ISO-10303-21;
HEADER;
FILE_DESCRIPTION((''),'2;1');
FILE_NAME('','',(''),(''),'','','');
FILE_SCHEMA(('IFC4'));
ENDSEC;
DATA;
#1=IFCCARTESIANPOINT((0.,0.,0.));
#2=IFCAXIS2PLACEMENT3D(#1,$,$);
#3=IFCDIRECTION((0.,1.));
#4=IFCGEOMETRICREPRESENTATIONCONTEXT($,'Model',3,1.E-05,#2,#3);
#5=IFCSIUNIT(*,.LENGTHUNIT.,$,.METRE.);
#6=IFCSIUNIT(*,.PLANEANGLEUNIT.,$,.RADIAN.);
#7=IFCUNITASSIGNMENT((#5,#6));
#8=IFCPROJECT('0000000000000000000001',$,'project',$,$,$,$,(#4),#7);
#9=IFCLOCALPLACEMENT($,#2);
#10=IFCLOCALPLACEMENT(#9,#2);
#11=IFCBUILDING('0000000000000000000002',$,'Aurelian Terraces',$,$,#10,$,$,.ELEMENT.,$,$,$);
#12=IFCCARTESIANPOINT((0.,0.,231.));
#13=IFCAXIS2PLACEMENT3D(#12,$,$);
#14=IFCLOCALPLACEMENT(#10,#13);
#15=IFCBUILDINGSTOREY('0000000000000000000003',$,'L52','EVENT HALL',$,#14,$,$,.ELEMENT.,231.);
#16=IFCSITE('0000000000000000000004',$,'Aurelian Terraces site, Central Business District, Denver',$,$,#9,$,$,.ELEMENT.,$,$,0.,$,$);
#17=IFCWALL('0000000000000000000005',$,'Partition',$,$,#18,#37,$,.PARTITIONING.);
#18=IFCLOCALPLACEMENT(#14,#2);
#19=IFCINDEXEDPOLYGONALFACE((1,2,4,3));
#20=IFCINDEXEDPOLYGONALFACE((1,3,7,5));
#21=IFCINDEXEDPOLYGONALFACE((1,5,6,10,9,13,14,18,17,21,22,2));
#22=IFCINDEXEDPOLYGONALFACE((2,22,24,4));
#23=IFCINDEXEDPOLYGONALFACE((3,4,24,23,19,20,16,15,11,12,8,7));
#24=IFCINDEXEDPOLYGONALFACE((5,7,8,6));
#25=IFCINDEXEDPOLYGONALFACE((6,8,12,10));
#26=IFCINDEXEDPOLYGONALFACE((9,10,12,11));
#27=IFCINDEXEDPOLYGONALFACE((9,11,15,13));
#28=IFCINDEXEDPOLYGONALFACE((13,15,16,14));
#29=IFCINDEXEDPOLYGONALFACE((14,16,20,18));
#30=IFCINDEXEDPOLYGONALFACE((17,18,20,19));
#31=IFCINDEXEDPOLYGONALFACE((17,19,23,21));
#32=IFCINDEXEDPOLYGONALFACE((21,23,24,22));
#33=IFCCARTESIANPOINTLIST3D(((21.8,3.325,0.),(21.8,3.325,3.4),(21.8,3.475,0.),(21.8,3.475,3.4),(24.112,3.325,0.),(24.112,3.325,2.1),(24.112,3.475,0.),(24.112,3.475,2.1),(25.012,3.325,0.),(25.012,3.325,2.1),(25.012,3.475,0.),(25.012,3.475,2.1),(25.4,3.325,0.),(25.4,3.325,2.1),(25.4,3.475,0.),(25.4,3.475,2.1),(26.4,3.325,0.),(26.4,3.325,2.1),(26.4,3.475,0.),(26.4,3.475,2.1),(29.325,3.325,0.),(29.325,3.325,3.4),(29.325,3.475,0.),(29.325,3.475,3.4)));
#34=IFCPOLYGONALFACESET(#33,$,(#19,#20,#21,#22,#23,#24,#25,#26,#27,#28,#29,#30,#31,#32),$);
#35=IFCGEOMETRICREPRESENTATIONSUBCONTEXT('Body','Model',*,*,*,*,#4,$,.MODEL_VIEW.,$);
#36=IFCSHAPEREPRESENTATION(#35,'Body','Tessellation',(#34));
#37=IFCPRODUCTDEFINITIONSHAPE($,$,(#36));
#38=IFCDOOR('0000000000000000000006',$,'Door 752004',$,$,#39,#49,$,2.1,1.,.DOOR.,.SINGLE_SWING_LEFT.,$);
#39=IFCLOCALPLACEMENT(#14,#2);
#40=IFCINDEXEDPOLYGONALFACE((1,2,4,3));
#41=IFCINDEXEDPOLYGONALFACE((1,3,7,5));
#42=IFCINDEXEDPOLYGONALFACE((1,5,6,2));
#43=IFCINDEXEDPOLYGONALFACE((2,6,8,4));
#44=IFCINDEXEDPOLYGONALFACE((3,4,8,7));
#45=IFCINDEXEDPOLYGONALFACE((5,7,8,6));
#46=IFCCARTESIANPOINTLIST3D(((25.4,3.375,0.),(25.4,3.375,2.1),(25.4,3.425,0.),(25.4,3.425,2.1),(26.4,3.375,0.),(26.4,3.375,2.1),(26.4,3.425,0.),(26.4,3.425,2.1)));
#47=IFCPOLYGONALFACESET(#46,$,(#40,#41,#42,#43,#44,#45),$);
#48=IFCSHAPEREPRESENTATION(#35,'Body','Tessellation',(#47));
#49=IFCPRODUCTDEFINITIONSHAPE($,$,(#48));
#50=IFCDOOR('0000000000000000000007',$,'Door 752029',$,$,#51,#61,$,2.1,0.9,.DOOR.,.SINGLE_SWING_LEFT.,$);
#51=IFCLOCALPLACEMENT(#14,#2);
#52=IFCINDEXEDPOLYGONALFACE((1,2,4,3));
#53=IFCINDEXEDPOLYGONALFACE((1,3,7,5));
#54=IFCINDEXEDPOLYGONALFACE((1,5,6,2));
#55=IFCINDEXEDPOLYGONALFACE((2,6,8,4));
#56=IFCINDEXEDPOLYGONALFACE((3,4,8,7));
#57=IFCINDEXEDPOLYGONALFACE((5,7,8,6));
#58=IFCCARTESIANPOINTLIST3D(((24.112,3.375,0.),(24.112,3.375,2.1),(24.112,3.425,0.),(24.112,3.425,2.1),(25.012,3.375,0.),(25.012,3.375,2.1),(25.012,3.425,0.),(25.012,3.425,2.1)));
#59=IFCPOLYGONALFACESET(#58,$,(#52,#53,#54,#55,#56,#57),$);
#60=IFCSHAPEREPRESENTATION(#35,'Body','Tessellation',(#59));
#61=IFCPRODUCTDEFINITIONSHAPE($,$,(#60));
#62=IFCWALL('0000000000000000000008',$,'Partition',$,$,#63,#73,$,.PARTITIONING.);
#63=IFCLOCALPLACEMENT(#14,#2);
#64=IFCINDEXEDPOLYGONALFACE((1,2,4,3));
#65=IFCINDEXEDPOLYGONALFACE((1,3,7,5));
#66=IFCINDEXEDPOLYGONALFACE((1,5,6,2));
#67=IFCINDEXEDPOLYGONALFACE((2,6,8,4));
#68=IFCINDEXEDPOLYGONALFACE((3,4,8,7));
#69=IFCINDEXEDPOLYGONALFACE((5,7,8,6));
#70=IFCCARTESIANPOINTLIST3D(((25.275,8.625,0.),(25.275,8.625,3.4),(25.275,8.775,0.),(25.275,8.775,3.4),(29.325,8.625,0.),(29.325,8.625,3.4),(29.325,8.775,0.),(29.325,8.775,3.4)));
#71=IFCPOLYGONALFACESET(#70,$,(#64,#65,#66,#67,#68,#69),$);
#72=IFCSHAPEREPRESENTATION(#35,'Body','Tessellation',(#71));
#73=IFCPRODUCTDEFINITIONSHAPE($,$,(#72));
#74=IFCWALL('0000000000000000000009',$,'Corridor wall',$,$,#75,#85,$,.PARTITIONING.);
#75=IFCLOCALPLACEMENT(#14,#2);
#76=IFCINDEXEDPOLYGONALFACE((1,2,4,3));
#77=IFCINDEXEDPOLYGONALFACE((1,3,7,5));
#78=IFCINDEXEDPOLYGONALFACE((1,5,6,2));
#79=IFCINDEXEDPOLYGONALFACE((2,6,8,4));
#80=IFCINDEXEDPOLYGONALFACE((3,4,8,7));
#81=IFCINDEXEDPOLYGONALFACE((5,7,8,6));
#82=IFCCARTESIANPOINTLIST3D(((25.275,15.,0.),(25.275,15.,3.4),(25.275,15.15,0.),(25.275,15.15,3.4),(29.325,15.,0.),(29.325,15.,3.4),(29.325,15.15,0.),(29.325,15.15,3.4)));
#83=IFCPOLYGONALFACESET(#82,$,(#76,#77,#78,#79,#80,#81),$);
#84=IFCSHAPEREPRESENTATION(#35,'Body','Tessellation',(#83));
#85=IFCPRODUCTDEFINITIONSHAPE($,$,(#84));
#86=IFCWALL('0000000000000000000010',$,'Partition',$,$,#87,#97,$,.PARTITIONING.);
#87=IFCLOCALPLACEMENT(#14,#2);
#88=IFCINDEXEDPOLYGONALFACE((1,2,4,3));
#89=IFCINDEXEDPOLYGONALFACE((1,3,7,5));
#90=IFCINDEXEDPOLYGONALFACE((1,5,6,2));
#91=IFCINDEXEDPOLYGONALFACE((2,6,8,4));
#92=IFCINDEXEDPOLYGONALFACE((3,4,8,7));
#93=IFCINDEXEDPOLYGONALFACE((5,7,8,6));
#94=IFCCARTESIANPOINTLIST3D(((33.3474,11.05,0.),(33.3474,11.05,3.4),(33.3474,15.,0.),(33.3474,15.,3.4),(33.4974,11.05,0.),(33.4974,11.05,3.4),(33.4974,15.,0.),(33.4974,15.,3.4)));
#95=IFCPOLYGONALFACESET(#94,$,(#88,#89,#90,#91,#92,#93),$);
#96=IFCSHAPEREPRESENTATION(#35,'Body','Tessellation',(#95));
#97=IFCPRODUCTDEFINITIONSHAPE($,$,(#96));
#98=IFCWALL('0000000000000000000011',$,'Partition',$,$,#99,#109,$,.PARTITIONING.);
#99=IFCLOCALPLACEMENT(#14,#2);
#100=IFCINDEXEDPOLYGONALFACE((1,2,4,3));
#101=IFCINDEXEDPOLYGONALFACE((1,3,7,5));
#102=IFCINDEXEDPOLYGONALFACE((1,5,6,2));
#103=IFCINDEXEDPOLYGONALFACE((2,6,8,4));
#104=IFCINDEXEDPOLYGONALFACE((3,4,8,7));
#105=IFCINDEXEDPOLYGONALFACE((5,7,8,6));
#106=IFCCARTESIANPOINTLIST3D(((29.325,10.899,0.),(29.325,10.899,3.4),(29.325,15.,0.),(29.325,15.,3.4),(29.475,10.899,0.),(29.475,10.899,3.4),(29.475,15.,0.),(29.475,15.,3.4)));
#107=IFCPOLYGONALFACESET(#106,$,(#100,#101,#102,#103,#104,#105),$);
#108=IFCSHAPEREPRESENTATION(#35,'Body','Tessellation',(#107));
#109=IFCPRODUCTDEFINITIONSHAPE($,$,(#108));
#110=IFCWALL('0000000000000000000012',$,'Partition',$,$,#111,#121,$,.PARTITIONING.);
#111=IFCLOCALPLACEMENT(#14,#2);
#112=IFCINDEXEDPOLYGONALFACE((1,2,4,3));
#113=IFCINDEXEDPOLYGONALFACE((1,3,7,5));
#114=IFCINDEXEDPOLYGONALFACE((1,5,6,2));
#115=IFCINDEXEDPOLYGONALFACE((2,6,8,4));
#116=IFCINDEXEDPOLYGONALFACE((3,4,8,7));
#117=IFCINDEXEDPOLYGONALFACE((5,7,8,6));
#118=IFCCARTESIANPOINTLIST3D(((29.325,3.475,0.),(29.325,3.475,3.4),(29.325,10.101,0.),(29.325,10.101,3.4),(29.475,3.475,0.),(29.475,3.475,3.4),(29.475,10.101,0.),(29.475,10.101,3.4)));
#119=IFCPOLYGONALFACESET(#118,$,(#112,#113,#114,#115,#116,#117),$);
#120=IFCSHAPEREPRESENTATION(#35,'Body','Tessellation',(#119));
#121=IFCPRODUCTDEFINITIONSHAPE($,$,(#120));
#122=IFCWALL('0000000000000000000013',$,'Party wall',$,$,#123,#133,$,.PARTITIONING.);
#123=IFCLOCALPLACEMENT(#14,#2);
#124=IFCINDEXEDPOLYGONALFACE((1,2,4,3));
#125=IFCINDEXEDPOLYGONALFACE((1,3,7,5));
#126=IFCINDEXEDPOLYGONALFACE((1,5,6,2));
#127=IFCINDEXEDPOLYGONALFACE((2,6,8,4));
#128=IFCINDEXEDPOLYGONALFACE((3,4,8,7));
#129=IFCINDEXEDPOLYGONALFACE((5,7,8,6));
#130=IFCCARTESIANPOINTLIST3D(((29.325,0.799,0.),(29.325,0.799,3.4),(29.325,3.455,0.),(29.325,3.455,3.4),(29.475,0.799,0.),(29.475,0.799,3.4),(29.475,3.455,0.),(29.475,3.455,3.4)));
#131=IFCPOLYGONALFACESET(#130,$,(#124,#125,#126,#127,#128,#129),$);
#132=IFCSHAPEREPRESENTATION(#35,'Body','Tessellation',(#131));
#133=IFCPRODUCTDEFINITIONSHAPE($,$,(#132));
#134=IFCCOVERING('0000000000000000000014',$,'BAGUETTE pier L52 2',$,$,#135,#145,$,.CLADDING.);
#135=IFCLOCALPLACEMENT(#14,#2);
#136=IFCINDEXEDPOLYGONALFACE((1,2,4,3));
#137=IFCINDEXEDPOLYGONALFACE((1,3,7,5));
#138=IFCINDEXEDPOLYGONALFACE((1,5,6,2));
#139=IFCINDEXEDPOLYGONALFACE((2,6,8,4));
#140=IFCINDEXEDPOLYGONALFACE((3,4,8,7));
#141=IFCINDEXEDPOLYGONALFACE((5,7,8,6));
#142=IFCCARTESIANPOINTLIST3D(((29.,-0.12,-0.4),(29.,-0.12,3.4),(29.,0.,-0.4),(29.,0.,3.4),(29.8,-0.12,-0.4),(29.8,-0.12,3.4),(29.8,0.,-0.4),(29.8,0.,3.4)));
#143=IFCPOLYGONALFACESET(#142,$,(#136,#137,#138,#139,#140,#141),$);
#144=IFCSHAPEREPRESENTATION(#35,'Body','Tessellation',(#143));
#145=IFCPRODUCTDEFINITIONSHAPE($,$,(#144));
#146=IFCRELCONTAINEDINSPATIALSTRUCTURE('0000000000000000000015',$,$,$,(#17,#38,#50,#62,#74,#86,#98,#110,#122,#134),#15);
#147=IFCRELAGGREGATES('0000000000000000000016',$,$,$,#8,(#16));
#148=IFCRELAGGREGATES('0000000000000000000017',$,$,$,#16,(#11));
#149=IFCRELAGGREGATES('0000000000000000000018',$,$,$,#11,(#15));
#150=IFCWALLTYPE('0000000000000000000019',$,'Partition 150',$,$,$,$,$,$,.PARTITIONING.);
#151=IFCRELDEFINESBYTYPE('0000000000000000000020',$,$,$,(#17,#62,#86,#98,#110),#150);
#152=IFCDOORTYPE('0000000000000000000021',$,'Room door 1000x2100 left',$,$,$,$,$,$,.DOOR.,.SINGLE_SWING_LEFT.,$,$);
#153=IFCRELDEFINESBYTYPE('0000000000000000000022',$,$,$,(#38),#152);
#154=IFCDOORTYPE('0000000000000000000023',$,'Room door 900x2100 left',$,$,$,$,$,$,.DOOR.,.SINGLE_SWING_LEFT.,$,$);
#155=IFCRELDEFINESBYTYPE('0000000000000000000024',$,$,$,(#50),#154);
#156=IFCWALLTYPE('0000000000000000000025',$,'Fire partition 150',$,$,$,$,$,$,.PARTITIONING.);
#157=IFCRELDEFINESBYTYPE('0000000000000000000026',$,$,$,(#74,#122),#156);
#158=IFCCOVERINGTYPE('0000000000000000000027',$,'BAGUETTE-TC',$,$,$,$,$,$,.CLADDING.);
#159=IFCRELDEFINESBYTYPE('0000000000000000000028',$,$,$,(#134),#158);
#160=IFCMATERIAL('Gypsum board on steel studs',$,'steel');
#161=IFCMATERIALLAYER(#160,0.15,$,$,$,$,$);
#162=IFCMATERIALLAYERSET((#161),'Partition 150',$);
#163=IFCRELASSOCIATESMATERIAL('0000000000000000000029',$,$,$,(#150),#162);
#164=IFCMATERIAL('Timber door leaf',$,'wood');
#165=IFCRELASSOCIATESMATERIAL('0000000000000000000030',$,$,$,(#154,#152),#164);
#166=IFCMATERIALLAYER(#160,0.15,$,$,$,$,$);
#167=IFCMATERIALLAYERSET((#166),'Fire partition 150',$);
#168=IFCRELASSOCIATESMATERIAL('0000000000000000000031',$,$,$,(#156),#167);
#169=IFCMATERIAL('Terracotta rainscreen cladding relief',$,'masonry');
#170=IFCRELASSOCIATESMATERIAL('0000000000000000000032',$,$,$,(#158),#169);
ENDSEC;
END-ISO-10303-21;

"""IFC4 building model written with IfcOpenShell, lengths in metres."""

from ifc_helpers import new_model, si_unit, direction, frame, frame_2d, origin, origin_2d, place, context, subcontext, project, spatial, rectangle, extrude, source, transform, mapped, material, layer, layer_set, type_object, element, fill, save


model = new_model("IFC4")

# Units and contexts
model_context = context("Model", 3, precision=1e-05, world=origin(), true_north=direction((0.0, 1.0)))
body_context = subcontext(model_context, "Body", "Model", "MODEL_VIEW")
ifc_project = project(units=[si_unit("LENGTHUNIT", "METRE"), si_unit("PLANEANGLEUNIT", "RADIAN")], contexts=[model_context])

# Site, building, storey
site_placement = place(None, origin())
site = spatial("IfcSite", under=ifc_project, at=site_placement, Name="Aurelian Terraces site, Central Business District, Denver", CompositionType="ELEMENT", RefElevation=0.0)
building_placement = place(site_placement, origin())
building = spatial("IfcBuilding", under=site, at=building_placement, Name="Aurelian Terraces", CompositionType="ELEMENT")
storey_placement = place(building_placement, frame((0.0, 0.0, 231.0)))
storey = spatial("IfcBuildingStorey", under=building, at=storey_placement, Name="L52", Description="EVENT HALL", CompositionType="ELEMENT", Elevation=231.0)

# Wall, openings, doors
ifc_material_1 = material(Name="Gypsum board on steel studs", Category="steel")
ifc_layer_1 = layer(ifc_material_1, 0.15)
ifc_layer_set_1 = layer_set([ifc_layer_1], Name="Partition 150")
wall_type_1 = type_object("IfcWallType", Name="Partition 150", PredefinedType="PARTITIONING", material=ifc_layer_set_1)
shared_shape_1 = source(origin(), body_context, "Body", "SweptSolid", [
    extrude(rectangle(XDim=0.9, YDim=2.1, at=frame_2d((0.45, 1.05))), frame((0.0, 0.085, 0.0), z_axis=(0.0, -1.0, 0.0), x_axis=(1.0, 0.0, 0.0)), (0.0, 0.0, 1.0), 0.17),
])
ifc_material_2 = material(Name="Timber door leaf", Category="wood")
shared_shape_2 = source(origin(), body_context, "Body", "SweptSolid", [
    extrude(rectangle(XDim=0.9, YDim=2.1, at=frame_2d((0.45, 1.05))), frame((0.0, 0.025, 0.0), z_axis=(0.0, -1.0, 0.0), x_axis=(1.0, 0.0, 0.0)), (0.0, 0.0, 1.0), 0.05),
])
door_type_1 = type_object("IfcDoorType", Name="Room door 900x2100 left", OperationType="SINGLE_SWING_LEFT", PredefinedType="DOOR", material=ifc_material_2)
shared_shape_3 = source(origin(), body_context, "Body", "SweptSolid", [
    extrude(rectangle(XDim=7.525, YDim=0.15, at=frame_2d((3.7625, 0.0))), origin(), (0.0, 0.0, 1.0), 3.4),
])
wall_1_placement = place(storey_placement, frame((21.8, 3.4, 0.0), z_axis=(0.0, 0.0, 1.0), x_axis=(1.0, 0.0, 0.0)))
wall_1 = element("IfcWall", 1, at=wall_1_placement, inside=storey, type_object=wall_type_1, Name="Partition", PredefinedType="PARTITIONING", context=body_context, shape_type="MappedRepresentation", body=[
    mapped(shared_shape_3, transform((0.0, 0.0, 0.0), scale=1.0)),
])
shared_shape_4 = source(origin(), body_context, "Body", "SweptSolid", [
    extrude(rectangle(XDim=1.0, YDim=2.1, at=frame_2d((0.5, 1.05))), frame((0.0, 0.085, 0.0), z_axis=(0.0, -1.0, 0.0), x_axis=(1.0, 0.0, 0.0)), (0.0, 0.0, 1.0), 0.17),
])
opening_1_placement = place(wall_1_placement, frame((3.6, 0.0, 0.0)))
opening_1 = element("IfcOpeningElement", 2, at=opening_1_placement, cuts=wall_1, PredefinedType="OPENING", context=body_context, shape_type="MappedRepresentation", body=[
    mapped(shared_shape_4, transform((0.0, 0.0, 0.0), scale=1.0)),
])
opening_2_placement = place(wall_1_placement, frame((2.312, 0.0, 0.0)))
opening_2 = element("IfcOpeningElement", 3, at=opening_2_placement, cuts=wall_1, PredefinedType="OPENING", context=body_context, shape_type="MappedRepresentation", body=[
    mapped(shared_shape_1, transform((0.0, 0.0, 0.0), scale=1.0)),
])
door_type_2 = type_object("IfcDoorType", Name="Room door 1000x2100 left", OperationType="SINGLE_SWING_LEFT", PredefinedType="DOOR", material=ifc_material_2)
shared_shape_5 = source(origin(), body_context, "Body", "SweptSolid", [
    extrude(rectangle(XDim=1.0, YDim=2.1, at=frame_2d((0.5, 1.05))), frame((0.0, 0.025, 0.0), z_axis=(0.0, -1.0, 0.0), x_axis=(1.0, 0.0, 0.0)), (0.0, 0.0, 1.0), 0.05),
])
door_1_placement = place(opening_1_placement, origin())
door_1 = element("IfcDoor", 4, at=door_1_placement, inside=storey, type_object=door_type_2, Name="Door 752004", OperationType="SINGLE_SWING_LEFT", OverallHeight=2.1, OverallWidth=1.0, PredefinedType="DOOR", context=body_context, shape_type="MappedRepresentation", body=[
    mapped(shared_shape_5, transform((0.0, 0.0, 0.0), scale=1.0)),
])
fill(opening_1, door_1)
door_2_placement = place(opening_2_placement, origin())
door_2 = element("IfcDoor", 5, at=door_2_placement, inside=storey, type_object=door_type_1, Name="Door 752029", OperationType="SINGLE_SWING_LEFT", OverallHeight=2.1, OverallWidth=0.9, PredefinedType="DOOR", context=body_context, shape_type="MappedRepresentation", body=[
    mapped(shared_shape_2, transform((0.0, 0.0, 0.0), scale=1.0)),
])
fill(opening_2, door_2)

# Walls
shared_shape_6 = source(origin(), body_context, "Body", "SweptSolid", [
    extrude(rectangle(XDim=4.05, YDim=0.15, at=frame_2d((2.025, 0.0))), origin(), (0.0, 0.0, 1.0), 3.4),
])
wall_2_placement = place(storey_placement, frame((29.325, 8.7, 0.0), z_axis=(0.0, 0.0, 1.0), x_axis=(-1.0, 0.0, 0.0)))
element("IfcWall", 6, at=wall_2_placement, inside=storey, type_object=wall_type_1, Name="Partition", PredefinedType="PARTITIONING", context=body_context, shape_type="MappedRepresentation", body=[
    mapped(shared_shape_6, transform((0.0, 0.0, 0.0), scale=1.0)),
])
ifc_layer_2 = layer(ifc_material_1, 0.15)
ifc_layer_set_2 = layer_set([ifc_layer_2], Name="Fire partition 150")
wall_type_2 = type_object("IfcWallType", Name="Fire partition 150", PredefinedType="PARTITIONING", material=ifc_layer_set_2)
wall_3_placement = place(storey_placement, frame((29.325, 15.075, 0.0), z_axis=(0.0, 0.0, 1.0), x_axis=(-1.0, 0.0, 0.0)))
element("IfcWall", 7, at=wall_3_placement, inside=storey, type_object=wall_type_2, Name="Corridor wall", PredefinedType="PARTITIONING", context=body_context, shape_type="MappedRepresentation", body=[
    mapped(shared_shape_6, transform((0.0, 0.0, 0.0), scale=1.0)),
])
shared_shape_7 = source(origin(), body_context, "Body", "SweptSolid", [
    extrude(rectangle(XDim=3.95, YDim=0.15, at=frame_2d((1.975, 0.0))), origin(), (0.0, 0.0, 1.0), 3.4),
])
wall_4_placement = place(storey_placement, frame((33.4224, 11.05, 0.0), z_axis=(0.0, 0.0, 1.0), x_axis=(0.0, 1.0, 0.0)))
element("IfcWall", 8, at=wall_4_placement, inside=storey, type_object=wall_type_1, Name="Partition", PredefinedType="PARTITIONING", context=body_context, shape_type="MappedRepresentation", body=[
    mapped(shared_shape_7, transform((0.0, 0.0, 0.0), scale=1.0)),
])
shared_shape_8 = source(origin(), body_context, "Body", "SweptSolid", [
    extrude(rectangle(XDim=4.101, YDim=0.15, at=frame_2d((2.0505, 0.0))), origin(), (0.0, 0.0, 1.0), 3.4),
])
wall_5_placement = place(storey_placement, frame((29.4, 10.899, 0.0), z_axis=(0.0, 0.0, 1.0), x_axis=(0.0, 1.0, 0.0)))
element("IfcWall", 9, at=wall_5_placement, inside=storey, type_object=wall_type_1, Name="Partition", PredefinedType="PARTITIONING", context=body_context, shape_type="MappedRepresentation", body=[
    mapped(shared_shape_8, transform((0.0, 0.0, 0.0), scale=1.0)),
])
shared_shape_9 = source(origin(), body_context, "Body", "SweptSolid", [
    extrude(rectangle(XDim=6.626, YDim=0.15, at=frame_2d((3.313, 0.0))), origin(), (0.0, 0.0, 1.0), 3.4),
])
wall_6_placement = place(storey_placement, frame((29.4, 3.475, 0.0), z_axis=(0.0, 0.0, 1.0), x_axis=(0.0, 1.0, 0.0)))
element("IfcWall", 10, at=wall_6_placement, inside=storey, type_object=wall_type_1, Name="Partition", PredefinedType="PARTITIONING", context=body_context, shape_type="MappedRepresentation", body=[
    mapped(shared_shape_9, transform((0.0, 0.0, 0.0), scale=1.0)),
])
shared_shape_10 = source(origin(), body_context, "Body", "SweptSolid", [
    extrude(rectangle(XDim=2.656, YDim=0.15, at=frame_2d((1.328, 0.0))), origin(), (0.0, 0.0, 1.0), 3.4),
])
wall_7_placement = place(storey_placement, frame((29.4, 0.799, 0.0), z_axis=(0.0, 0.0, 1.0), x_axis=(0.0, 1.0, 0.0)))
element("IfcWall", 11, at=wall_7_placement, inside=storey, type_object=wall_type_2, Name="Party wall", PredefinedType="PARTITIONING", context=body_context, shape_type="MappedRepresentation", body=[
    mapped(shared_shape_10, transform((0.0, 0.0, 0.0), scale=1.0)),
])

# Covering
ifc_material_3 = material(Name="Terracotta rainscreen cladding relief", Category="masonry")
covering_type = type_object("IfcCoveringType", Name="BAGUETTE-TC", PredefinedType="CLADDING", material=ifc_material_3)
shared_shape_11 = source(origin(), body_context, "Body", "SweptSolid", [
    extrude(rectangle(XDim=0.8, YDim=0.12, at=origin_2d()), origin(), (0.0, 0.0, 1.0), 3.8),
])
covering_placement = place(storey_placement, frame((29.4, -0.06, -0.4), z_axis=(0.0, 0.0, 1.0), x_axis=(1.0, 0.0, 0.0)))
element("IfcCovering", 12, at=covering_placement, inside=storey, type_object=covering_type, Name="BAGUETTE pier L52 2", PredefinedType="CLADDING", context=body_context, shape_type="MappedRepresentation", body=[
    mapped(shared_shape_11, transform((0.0, 0.0, 0.0), scale=1.0)),
])

save(model, "model.ifc")
